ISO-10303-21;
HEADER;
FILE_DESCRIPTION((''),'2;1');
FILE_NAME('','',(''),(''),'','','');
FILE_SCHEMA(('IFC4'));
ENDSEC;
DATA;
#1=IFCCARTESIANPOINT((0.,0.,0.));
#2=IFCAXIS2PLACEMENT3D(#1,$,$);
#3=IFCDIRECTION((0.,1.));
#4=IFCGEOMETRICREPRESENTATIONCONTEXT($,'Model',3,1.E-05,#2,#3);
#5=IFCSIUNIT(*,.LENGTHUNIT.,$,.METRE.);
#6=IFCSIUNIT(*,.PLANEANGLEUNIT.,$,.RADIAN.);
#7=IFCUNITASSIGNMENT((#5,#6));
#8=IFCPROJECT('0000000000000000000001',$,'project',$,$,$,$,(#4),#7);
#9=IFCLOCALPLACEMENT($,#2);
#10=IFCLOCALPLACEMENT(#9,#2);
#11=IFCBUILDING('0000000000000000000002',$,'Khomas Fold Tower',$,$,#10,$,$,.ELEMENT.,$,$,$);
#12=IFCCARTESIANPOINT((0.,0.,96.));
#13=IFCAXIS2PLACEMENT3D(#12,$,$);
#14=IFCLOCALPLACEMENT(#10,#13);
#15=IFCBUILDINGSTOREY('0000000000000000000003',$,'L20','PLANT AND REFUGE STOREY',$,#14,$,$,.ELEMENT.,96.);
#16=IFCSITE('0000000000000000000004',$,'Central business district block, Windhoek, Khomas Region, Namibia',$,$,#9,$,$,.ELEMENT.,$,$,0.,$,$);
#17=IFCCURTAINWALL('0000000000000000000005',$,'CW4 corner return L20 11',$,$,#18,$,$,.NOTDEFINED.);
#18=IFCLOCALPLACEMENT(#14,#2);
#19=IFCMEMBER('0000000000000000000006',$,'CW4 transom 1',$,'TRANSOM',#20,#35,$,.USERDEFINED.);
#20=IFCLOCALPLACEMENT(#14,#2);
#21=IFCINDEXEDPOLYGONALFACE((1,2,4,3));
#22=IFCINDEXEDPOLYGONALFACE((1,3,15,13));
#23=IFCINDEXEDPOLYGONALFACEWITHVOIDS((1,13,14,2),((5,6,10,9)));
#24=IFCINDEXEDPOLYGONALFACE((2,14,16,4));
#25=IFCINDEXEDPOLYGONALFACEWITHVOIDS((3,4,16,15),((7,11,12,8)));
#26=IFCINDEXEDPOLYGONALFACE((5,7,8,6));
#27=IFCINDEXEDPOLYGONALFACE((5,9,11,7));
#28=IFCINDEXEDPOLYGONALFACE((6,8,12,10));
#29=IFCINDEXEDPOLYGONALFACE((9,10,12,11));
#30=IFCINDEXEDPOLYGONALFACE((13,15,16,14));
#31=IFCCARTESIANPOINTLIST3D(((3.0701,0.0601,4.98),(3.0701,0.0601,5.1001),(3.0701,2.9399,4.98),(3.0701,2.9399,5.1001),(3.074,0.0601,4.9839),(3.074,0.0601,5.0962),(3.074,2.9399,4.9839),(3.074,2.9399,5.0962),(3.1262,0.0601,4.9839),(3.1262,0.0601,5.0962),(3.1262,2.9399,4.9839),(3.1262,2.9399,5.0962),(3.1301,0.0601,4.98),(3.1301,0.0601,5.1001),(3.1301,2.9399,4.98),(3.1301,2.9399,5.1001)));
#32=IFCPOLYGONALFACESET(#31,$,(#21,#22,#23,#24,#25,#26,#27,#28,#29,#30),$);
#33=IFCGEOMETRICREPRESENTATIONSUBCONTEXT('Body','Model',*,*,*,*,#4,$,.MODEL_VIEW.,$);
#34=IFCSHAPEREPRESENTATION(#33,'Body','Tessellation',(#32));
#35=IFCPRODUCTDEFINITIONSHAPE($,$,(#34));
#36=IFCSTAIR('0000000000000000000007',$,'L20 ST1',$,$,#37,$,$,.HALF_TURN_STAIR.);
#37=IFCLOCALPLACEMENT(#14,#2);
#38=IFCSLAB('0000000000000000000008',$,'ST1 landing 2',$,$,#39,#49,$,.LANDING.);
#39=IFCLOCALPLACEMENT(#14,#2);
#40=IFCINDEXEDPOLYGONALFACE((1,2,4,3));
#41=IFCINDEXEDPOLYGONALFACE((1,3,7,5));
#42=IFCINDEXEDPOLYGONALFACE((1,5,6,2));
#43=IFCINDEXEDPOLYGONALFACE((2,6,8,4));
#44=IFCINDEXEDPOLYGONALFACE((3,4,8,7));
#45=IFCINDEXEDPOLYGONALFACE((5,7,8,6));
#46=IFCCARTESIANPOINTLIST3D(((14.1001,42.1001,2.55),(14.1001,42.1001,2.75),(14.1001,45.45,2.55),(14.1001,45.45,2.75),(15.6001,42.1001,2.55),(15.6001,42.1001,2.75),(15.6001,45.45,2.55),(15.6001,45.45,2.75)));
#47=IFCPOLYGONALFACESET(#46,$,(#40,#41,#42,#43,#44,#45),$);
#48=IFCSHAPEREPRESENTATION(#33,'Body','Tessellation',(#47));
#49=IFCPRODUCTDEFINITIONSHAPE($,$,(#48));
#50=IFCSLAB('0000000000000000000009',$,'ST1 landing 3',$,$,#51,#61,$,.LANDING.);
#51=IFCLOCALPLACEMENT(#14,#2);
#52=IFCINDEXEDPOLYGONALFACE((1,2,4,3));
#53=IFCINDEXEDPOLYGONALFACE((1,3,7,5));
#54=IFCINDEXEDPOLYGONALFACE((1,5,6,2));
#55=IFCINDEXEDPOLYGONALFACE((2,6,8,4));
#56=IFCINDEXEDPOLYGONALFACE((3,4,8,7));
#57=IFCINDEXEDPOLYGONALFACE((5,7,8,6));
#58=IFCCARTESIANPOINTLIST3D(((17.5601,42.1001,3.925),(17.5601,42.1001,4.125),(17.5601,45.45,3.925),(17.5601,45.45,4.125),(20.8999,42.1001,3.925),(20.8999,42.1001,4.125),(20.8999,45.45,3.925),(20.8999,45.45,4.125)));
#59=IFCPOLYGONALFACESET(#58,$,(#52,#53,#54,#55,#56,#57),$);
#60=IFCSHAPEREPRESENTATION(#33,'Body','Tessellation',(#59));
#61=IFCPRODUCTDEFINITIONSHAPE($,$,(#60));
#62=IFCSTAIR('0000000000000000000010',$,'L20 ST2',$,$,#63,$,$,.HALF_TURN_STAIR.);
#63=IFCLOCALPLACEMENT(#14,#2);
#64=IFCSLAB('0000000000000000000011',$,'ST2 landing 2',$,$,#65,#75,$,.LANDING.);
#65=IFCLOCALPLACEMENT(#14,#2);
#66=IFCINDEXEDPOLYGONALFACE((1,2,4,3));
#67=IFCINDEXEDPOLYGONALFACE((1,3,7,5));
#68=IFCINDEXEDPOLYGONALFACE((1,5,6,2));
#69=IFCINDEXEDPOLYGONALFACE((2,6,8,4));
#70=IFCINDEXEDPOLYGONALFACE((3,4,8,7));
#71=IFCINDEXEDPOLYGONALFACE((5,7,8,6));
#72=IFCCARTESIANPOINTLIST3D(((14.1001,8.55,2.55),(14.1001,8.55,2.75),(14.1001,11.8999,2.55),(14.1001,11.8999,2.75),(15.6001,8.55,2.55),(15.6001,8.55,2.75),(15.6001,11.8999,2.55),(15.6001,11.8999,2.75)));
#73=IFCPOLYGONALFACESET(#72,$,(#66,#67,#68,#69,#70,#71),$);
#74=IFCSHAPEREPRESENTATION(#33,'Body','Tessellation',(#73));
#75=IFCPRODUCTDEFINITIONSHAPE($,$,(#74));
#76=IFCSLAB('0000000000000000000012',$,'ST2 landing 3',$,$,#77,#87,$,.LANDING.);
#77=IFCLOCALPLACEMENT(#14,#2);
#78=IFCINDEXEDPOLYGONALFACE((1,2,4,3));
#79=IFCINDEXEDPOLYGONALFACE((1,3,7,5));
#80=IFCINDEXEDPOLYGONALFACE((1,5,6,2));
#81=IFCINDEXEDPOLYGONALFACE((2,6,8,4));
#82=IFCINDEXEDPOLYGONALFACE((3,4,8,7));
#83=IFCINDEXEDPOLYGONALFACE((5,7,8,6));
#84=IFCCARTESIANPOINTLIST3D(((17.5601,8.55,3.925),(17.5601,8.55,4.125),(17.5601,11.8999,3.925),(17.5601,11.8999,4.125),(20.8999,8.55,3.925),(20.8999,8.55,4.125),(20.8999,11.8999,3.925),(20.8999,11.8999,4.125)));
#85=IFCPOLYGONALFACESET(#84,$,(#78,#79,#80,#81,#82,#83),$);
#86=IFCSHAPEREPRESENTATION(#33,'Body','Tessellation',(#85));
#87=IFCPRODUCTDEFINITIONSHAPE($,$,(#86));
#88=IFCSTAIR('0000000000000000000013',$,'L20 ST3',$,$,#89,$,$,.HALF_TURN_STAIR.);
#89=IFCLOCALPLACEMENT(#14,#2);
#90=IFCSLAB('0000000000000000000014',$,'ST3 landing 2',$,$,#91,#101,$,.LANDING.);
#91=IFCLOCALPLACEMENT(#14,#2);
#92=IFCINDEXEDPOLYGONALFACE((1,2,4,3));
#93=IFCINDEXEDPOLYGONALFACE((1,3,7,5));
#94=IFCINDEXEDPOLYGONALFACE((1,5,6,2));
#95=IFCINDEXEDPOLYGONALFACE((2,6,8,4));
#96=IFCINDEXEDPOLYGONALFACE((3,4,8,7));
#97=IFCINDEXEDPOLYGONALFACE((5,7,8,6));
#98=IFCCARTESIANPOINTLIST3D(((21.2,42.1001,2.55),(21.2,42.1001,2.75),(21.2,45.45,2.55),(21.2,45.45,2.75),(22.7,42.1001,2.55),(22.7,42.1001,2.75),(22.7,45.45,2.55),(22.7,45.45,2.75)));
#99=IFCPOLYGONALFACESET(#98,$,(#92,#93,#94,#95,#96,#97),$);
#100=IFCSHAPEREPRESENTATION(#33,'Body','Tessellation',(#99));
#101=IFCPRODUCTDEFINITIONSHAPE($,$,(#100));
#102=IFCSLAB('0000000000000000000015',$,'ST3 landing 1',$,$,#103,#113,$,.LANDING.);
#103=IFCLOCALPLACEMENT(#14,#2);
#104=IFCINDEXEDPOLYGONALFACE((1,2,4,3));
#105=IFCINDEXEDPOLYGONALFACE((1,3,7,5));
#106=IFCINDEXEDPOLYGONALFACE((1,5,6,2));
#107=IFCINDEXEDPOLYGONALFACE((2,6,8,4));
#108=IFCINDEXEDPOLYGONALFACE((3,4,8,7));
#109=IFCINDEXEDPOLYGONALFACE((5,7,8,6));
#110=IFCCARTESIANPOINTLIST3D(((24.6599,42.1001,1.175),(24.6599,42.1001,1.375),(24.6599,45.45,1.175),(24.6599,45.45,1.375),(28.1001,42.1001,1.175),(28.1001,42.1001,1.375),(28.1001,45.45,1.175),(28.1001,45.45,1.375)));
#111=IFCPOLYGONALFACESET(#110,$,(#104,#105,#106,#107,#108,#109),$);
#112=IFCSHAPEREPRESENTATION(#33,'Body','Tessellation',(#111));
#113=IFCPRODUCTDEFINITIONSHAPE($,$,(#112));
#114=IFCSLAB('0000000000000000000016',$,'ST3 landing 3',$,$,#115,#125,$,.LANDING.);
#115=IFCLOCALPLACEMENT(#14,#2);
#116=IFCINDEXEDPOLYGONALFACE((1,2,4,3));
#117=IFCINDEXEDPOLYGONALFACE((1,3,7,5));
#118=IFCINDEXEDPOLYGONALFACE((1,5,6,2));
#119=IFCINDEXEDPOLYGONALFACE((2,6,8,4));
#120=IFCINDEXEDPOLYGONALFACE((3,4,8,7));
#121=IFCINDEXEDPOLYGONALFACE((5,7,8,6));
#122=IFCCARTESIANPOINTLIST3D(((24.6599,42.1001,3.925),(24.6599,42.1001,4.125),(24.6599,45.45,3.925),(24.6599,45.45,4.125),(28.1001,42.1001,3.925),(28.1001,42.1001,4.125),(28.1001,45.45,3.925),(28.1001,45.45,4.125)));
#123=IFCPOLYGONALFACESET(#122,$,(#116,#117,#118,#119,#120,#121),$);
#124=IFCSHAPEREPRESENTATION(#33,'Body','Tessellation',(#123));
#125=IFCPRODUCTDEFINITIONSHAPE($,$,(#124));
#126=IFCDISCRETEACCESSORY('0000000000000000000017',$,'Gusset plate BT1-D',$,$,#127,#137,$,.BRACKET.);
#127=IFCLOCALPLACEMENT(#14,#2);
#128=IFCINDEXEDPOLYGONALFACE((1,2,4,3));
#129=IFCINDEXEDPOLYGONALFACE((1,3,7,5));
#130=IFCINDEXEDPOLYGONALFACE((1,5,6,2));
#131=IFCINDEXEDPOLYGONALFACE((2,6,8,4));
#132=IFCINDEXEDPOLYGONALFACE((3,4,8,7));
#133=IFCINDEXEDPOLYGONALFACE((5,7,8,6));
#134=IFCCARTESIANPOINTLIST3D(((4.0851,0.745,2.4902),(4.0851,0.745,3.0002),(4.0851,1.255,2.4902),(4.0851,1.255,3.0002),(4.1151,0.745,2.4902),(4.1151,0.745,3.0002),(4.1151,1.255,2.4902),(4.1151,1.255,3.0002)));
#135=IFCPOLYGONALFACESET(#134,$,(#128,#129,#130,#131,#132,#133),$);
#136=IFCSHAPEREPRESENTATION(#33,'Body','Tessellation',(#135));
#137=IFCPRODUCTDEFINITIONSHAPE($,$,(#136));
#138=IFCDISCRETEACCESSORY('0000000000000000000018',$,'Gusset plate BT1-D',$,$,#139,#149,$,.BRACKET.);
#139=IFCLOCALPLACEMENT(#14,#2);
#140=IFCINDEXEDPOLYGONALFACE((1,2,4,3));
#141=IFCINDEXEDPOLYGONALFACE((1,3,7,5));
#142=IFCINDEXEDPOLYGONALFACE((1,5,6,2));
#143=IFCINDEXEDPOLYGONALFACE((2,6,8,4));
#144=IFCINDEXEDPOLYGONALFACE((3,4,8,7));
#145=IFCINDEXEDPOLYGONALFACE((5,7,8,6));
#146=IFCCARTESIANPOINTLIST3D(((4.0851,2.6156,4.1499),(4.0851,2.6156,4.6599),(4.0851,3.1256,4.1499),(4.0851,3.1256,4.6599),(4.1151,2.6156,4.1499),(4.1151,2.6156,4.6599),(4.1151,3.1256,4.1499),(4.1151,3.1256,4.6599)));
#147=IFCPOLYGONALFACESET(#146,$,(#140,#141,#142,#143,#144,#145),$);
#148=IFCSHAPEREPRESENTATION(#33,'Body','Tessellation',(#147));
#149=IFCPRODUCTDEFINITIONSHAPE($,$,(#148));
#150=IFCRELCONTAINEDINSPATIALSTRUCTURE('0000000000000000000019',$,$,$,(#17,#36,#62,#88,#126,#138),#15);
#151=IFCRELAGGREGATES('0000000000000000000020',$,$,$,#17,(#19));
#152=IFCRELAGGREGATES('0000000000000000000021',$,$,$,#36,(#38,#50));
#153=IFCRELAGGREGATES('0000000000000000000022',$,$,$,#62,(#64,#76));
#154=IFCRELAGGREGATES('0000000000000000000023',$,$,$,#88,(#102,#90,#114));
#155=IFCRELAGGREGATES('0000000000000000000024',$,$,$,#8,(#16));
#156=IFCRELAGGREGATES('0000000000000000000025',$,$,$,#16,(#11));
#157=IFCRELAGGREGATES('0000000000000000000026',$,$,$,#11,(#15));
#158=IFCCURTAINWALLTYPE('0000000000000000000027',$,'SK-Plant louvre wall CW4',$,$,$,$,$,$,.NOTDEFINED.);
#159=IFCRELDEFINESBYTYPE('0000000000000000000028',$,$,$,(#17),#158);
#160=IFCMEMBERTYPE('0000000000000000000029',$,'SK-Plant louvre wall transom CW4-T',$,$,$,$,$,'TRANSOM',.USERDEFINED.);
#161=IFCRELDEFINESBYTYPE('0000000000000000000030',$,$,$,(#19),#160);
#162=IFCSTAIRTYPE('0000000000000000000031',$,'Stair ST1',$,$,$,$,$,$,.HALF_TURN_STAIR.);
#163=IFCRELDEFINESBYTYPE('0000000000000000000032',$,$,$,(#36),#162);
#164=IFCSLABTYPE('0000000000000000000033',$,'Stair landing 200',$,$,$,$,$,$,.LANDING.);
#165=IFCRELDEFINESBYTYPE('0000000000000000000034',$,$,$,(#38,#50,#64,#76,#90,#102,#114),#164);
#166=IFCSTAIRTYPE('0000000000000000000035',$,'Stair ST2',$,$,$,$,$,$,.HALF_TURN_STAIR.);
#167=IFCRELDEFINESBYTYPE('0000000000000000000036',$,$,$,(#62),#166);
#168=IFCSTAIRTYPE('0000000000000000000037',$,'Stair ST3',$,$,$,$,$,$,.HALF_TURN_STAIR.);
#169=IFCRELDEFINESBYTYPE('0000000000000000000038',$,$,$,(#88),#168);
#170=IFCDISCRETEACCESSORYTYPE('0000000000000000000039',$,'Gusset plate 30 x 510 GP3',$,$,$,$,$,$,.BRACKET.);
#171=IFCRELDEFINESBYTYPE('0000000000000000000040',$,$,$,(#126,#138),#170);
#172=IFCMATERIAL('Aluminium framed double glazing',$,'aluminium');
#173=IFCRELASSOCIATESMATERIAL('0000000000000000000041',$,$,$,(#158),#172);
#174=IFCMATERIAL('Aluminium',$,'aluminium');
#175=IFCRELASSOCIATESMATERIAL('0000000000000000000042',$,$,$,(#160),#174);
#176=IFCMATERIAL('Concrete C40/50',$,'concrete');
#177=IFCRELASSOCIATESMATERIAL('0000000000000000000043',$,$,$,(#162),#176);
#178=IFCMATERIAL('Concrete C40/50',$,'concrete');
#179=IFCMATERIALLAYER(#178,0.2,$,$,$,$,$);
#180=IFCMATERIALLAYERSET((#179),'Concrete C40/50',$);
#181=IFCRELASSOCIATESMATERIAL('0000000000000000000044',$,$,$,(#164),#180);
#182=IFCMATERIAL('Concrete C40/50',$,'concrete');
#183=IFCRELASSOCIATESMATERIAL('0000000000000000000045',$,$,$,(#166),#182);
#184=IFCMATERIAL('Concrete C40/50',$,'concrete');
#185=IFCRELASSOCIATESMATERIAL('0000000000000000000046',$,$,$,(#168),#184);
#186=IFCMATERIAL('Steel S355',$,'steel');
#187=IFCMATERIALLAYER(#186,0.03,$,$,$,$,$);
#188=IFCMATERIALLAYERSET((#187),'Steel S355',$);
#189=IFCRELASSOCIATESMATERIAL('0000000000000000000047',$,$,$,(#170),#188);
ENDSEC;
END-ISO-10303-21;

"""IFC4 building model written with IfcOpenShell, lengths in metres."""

from ifc_helpers import new_model, si_unit, direction, frame, origin, origin_2d, place, context, subcontext, project, spatial, polyline, rectangle, hollow_rectangle, outline, extrude, source, transform, mapped, material, layer, layer_set, material_profile, profile_set, type_object, element, aggregate, save


model = new_model("IFC4")

# Units and contexts
model_context = context("Model", 3, precision=1e-05, world=origin(), true_north=direction((0.0, 1.0)))
body_context = subcontext(model_context, "Body", "Model", "MODEL_VIEW")
ifc_project = project(units=[si_unit("LENGTHUNIT", "METRE"), si_unit("PLANEANGLEUNIT", "RADIAN")], contexts=[model_context])

# Site, building, storey
site_placement = place(None, origin())
site = spatial("IfcSite", under=ifc_project, at=site_placement, Name="Central business district block, Windhoek, Khomas Region, Namibia", CompositionType="ELEMENT", RefElevation=0.0)
building_placement = place(site_placement, origin())
building = spatial("IfcBuilding", under=site, at=building_placement, Name="Khomas Fold Tower", CompositionType="ELEMENT")
storey_placement = place(building_placement, frame((0.0, 0.0, 96.0)))
storey = spatial("IfcBuildingStorey", under=building, at=storey_placement, Name="L20", Description="PLANT AND REFUGE STOREY", CompositionType="ELEMENT", Elevation=96.0)

# Shared definitions
ifc_material_1 = material(Name="Aluminium framed double glazing", Category="aluminium")
curtain_wall_type = type_object("IfcCurtainWallType", Name="SK-Plant louvre wall CW4", PredefinedType="NOTDEFINED", material=ifc_material_1)
ifc_material_2 = material(Name="Aluminium", Category="aluminium")
ifc_material_profile_1 = material_profile(ifc_material_2, hollow_rectangle(XDim=0.0601, YDim=0.1201, WallThickness=0.0039, at=origin_2d()), Name="SK-Plant louvre wall transom CW4-T")
ifc_profile_set_1 = profile_set([ifc_material_profile_1], Name="Aluminium")
member_type_1 = type_object("IfcMemberType", Name="SK-Plant louvre wall transom CW4-T", ElementType="TRANSOM", PredefinedType="USERDEFINED", material=ifc_profile_set_1)

# Curtain wall, member
curtain_wall_1_placement = place(storey_placement, origin())
curtain_wall_1 = element("IfcCurtainWall", 1, at=curtain_wall_1_placement, inside=storey, type_object=curtain_wall_type, Name="CW4 corner return L20 11", PredefinedType="NOTDEFINED")
shared_shape_1 = source(origin(), body_context, "Body", "SweptSolid", [
    extrude(hollow_rectangle(XDim=0.0601, YDim=0.1201, WallThickness=0.0039, at=origin_2d()), origin(), (0.0, 0.0, 1.0), 2.8799),
])
member_1_placement = place(storey_placement, frame((3.1001, 2.9399, 5.04), z_axis=(0.0, -1.0, 0.0), x_axis=(1.0, 0.0, 0.0)))
member_1 = element("IfcMember", 2, at=member_1_placement, type_object=member_type_1, Name="CW4 transom 1", ObjectType="TRANSOM", PredefinedType="USERDEFINED", context=body_context, shape_type="MappedRepresentation", body=[
    mapped(shared_shape_1, transform((0.0, 0.0, 0.0))),
])
aggregate(curtain_wall_1, [member_1])

# Stairs, slabs
ifc_material_3 = material(Name="Concrete C40/50", Category="concrete")
stair_type_1 = type_object("IfcStairType", Name="Stair ST1", PredefinedType="HALF_TURN_STAIR", material=ifc_material_3)
stair_1_placement = place(storey_placement, origin())
stair_1 = element("IfcStair", 3, at=stair_1_placement, inside=storey, type_object=stair_type_1, Name="L20 ST1", PredefinedType="HALF_TURN_STAIR")
ifc_material_4 = material(Name="Concrete C40/50", Category="concrete")
ifc_layer_1 = layer(ifc_material_4, 0.2)
ifc_layer_set_1 = layer_set([ifc_layer_1], Name="Concrete C40/50")
slab_type = type_object("IfcSlabType", Name="Stair landing 200", PredefinedType="LANDING", material=ifc_layer_set_1)
shared_shape_2 = source(origin(), body_context, "Body", "SweptSolid", [
    extrude(outline(polyline([(14.1001, 42.1001), (15.6001, 42.1001), (15.6001, 45.45), (14.1001, 45.45), (14.1001, 42.1001)])), origin(), (0.0, 0.0, 1.0), 0.2),
])
slab_1_placement = place(storey_placement, frame((0.0, 0.0, 2.55)))
slab_1 = element("IfcSlab", 4, at=slab_1_placement, type_object=slab_type, Name="ST1 landing 2", PredefinedType="LANDING", context=body_context, shape_type="MappedRepresentation", body=[
    mapped(shared_shape_2, transform((0.0, 0.0, 0.0))),
])
shared_shape_3 = source(origin(), body_context, "Body", "SweptSolid", [
    extrude(outline(polyline([(17.5601, 42.1001), (20.8999, 42.1001), (20.8999, 45.45), (17.5601, 45.45), (17.5601, 42.1001)])), origin(), (0.0, 0.0, 1.0), 0.2),
])
slab_2_placement = place(storey_placement, frame((0.0, 0.0, 3.925)))
slab_2 = element("IfcSlab", 5, at=slab_2_placement, type_object=slab_type, Name="ST1 landing 3", PredefinedType="LANDING", context=body_context, shape_type="MappedRepresentation", body=[
    mapped(shared_shape_3, transform((0.0, 0.0, 0.0))),
])
aggregate(stair_1, [slab_1, slab_2])
ifc_material_5 = material(Name="Concrete C40/50", Category="concrete")
stair_type_2 = type_object("IfcStairType", Name="Stair ST2", PredefinedType="HALF_TURN_STAIR", material=ifc_material_5)
stair_2_placement = place(storey_placement, origin())
stair_2 = element("IfcStair", 6, at=stair_2_placement, inside=storey, type_object=stair_type_2, Name="L20 ST2", PredefinedType="HALF_TURN_STAIR")
shared_shape_4 = source(origin(), body_context, "Body", "SweptSolid", [
    extrude(outline(polyline([(14.1001, 8.55), (15.6001, 8.55), (15.6001, 11.8999), (14.1001, 11.8999), (14.1001, 8.55)])), origin(), (0.0, 0.0, 1.0), 0.2),
])
slab_3_placement = place(storey_placement, frame((0.0, 0.0, 2.55)))
slab_3 = element("IfcSlab", 7, at=slab_3_placement, type_object=slab_type, Name="ST2 landing 2", PredefinedType="LANDING", context=body_context, shape_type="MappedRepresentation", body=[
    mapped(shared_shape_4, transform((0.0, 0.0, 0.0))),
])
shared_shape_5 = source(origin(), body_context, "Body", "SweptSolid", [
    extrude(outline(polyline([(17.5601, 8.55), (20.8999, 8.55), (20.8999, 11.8999), (17.5601, 11.8999), (17.5601, 8.55)])), origin(), (0.0, 0.0, 1.0), 0.2),
])
slab_4_placement = place(storey_placement, frame((0.0, 0.0, 3.925)))
slab_4 = element("IfcSlab", 8, at=slab_4_placement, type_object=slab_type, Name="ST2 landing 3", PredefinedType="LANDING", context=body_context, shape_type="MappedRepresentation", body=[
    mapped(shared_shape_5, transform((0.0, 0.0, 0.0))),
])
aggregate(stair_2, [slab_3, slab_4])
ifc_material_6 = material(Name="Concrete C40/50", Category="concrete")
stair_type_3 = type_object("IfcStairType", Name="Stair ST3", PredefinedType="HALF_TURN_STAIR", material=ifc_material_6)
stair_3_placement = place(storey_placement, origin())
stair_3 = element("IfcStair", 9, at=stair_3_placement, inside=storey, type_object=stair_type_3, Name="L20 ST3", PredefinedType="HALF_TURN_STAIR")
shared_shape_6 = source(origin(), body_context, "Body", "SweptSolid", [
    extrude(outline(polyline([(21.2, 42.1001), (22.7, 42.1001), (22.7, 45.45), (21.2, 45.45), (21.2, 42.1001)])), origin(), (0.0, 0.0, 1.0), 0.2),
])
slab_5_placement = place(storey_placement, frame((0.0, 0.0, 2.55)))
slab_5 = element("IfcSlab", 10, at=slab_5_placement, type_object=slab_type, Name="ST3 landing 2", PredefinedType="LANDING", context=body_context, shape_type="MappedRepresentation", body=[
    mapped(shared_shape_6, transform((0.0, 0.0, 0.0))),
])
shared_shape_7 = source(origin(), body_context, "Body", "SweptSolid", [
    extrude(outline(polyline([(24.6599, 42.1001), (28.1001, 42.1001), (28.1001, 45.45), (24.6599, 45.45), (24.6599, 42.1001)])), origin(), (0.0, 0.0, 1.0), 0.2),
])
slab_6_placement = place(storey_placement, frame((0.0, 0.0, 1.175)))
slab_6 = element("IfcSlab", 11, at=slab_6_placement, type_object=slab_type, Name="ST3 landing 1", PredefinedType="LANDING", context=body_context, shape_type="MappedRepresentation", body=[
    mapped(shared_shape_7, transform((0.0, 0.0, 0.0))),
])
slab_7_placement = place(storey_placement, frame((0.0, 0.0, 3.925)))
slab_7 = element("IfcSlab", 12, at=slab_7_placement, type_object=slab_type, Name="ST3 landing 3", PredefinedType="LANDING", context=body_context, shape_type="MappedRepresentation", body=[
    mapped(shared_shape_7, transform((0.0, 0.0, 0.0))),
])
aggregate(stair_3, [slab_6, slab_5, slab_7])

# Discrete accessories
ifc_material_7 = material(Name="Steel S355", Category="steel")
ifc_layer_2 = layer(ifc_material_7, 0.03)
ifc_layer_set_2 = layer_set([ifc_layer_2], Name="Steel S355")
discrete_accessory_type = type_object("IfcDiscreteAccessoryType", Name="Gusset plate 30 x 510 GP3", PredefinedType="BRACKET", material=ifc_layer_set_2)
shared_shape_8 = source(origin(), body_context, "Body", "SweptSolid", [
    extrude(rectangle(XDim=0.51, YDim=0.03, at=origin_2d()), origin(), (0.0, 0.0, 1.0), 0.51),
])
for number, where, z_axis, x_axis, name in (
    (13, (4.1001, 1.0, 2.4902), (0.0, 0.0, 1.0), (0.0, 1.0, 0.0), "Gusset plate BT1-D"),
    (14, (4.1001, 2.8706, 4.1499), (0.0, 0.0, 1.0), (0.0, 1.0, 0.0), "Gusset plate BT1-D"),
):
    element("IfcDiscreteAccessory", number, at=place(storey_placement, frame(where, z_axis=z_axis, x_axis=x_axis)), inside=storey, type_object=discrete_accessory_type, Name=name, PredefinedType="BRACKET", context=body_context, shape_type="MappedRepresentation", body=[
        mapped(shared_shape_8, transform((0.0, 0.0, 0.0))),
    ])

save(model, "model.ifc")
